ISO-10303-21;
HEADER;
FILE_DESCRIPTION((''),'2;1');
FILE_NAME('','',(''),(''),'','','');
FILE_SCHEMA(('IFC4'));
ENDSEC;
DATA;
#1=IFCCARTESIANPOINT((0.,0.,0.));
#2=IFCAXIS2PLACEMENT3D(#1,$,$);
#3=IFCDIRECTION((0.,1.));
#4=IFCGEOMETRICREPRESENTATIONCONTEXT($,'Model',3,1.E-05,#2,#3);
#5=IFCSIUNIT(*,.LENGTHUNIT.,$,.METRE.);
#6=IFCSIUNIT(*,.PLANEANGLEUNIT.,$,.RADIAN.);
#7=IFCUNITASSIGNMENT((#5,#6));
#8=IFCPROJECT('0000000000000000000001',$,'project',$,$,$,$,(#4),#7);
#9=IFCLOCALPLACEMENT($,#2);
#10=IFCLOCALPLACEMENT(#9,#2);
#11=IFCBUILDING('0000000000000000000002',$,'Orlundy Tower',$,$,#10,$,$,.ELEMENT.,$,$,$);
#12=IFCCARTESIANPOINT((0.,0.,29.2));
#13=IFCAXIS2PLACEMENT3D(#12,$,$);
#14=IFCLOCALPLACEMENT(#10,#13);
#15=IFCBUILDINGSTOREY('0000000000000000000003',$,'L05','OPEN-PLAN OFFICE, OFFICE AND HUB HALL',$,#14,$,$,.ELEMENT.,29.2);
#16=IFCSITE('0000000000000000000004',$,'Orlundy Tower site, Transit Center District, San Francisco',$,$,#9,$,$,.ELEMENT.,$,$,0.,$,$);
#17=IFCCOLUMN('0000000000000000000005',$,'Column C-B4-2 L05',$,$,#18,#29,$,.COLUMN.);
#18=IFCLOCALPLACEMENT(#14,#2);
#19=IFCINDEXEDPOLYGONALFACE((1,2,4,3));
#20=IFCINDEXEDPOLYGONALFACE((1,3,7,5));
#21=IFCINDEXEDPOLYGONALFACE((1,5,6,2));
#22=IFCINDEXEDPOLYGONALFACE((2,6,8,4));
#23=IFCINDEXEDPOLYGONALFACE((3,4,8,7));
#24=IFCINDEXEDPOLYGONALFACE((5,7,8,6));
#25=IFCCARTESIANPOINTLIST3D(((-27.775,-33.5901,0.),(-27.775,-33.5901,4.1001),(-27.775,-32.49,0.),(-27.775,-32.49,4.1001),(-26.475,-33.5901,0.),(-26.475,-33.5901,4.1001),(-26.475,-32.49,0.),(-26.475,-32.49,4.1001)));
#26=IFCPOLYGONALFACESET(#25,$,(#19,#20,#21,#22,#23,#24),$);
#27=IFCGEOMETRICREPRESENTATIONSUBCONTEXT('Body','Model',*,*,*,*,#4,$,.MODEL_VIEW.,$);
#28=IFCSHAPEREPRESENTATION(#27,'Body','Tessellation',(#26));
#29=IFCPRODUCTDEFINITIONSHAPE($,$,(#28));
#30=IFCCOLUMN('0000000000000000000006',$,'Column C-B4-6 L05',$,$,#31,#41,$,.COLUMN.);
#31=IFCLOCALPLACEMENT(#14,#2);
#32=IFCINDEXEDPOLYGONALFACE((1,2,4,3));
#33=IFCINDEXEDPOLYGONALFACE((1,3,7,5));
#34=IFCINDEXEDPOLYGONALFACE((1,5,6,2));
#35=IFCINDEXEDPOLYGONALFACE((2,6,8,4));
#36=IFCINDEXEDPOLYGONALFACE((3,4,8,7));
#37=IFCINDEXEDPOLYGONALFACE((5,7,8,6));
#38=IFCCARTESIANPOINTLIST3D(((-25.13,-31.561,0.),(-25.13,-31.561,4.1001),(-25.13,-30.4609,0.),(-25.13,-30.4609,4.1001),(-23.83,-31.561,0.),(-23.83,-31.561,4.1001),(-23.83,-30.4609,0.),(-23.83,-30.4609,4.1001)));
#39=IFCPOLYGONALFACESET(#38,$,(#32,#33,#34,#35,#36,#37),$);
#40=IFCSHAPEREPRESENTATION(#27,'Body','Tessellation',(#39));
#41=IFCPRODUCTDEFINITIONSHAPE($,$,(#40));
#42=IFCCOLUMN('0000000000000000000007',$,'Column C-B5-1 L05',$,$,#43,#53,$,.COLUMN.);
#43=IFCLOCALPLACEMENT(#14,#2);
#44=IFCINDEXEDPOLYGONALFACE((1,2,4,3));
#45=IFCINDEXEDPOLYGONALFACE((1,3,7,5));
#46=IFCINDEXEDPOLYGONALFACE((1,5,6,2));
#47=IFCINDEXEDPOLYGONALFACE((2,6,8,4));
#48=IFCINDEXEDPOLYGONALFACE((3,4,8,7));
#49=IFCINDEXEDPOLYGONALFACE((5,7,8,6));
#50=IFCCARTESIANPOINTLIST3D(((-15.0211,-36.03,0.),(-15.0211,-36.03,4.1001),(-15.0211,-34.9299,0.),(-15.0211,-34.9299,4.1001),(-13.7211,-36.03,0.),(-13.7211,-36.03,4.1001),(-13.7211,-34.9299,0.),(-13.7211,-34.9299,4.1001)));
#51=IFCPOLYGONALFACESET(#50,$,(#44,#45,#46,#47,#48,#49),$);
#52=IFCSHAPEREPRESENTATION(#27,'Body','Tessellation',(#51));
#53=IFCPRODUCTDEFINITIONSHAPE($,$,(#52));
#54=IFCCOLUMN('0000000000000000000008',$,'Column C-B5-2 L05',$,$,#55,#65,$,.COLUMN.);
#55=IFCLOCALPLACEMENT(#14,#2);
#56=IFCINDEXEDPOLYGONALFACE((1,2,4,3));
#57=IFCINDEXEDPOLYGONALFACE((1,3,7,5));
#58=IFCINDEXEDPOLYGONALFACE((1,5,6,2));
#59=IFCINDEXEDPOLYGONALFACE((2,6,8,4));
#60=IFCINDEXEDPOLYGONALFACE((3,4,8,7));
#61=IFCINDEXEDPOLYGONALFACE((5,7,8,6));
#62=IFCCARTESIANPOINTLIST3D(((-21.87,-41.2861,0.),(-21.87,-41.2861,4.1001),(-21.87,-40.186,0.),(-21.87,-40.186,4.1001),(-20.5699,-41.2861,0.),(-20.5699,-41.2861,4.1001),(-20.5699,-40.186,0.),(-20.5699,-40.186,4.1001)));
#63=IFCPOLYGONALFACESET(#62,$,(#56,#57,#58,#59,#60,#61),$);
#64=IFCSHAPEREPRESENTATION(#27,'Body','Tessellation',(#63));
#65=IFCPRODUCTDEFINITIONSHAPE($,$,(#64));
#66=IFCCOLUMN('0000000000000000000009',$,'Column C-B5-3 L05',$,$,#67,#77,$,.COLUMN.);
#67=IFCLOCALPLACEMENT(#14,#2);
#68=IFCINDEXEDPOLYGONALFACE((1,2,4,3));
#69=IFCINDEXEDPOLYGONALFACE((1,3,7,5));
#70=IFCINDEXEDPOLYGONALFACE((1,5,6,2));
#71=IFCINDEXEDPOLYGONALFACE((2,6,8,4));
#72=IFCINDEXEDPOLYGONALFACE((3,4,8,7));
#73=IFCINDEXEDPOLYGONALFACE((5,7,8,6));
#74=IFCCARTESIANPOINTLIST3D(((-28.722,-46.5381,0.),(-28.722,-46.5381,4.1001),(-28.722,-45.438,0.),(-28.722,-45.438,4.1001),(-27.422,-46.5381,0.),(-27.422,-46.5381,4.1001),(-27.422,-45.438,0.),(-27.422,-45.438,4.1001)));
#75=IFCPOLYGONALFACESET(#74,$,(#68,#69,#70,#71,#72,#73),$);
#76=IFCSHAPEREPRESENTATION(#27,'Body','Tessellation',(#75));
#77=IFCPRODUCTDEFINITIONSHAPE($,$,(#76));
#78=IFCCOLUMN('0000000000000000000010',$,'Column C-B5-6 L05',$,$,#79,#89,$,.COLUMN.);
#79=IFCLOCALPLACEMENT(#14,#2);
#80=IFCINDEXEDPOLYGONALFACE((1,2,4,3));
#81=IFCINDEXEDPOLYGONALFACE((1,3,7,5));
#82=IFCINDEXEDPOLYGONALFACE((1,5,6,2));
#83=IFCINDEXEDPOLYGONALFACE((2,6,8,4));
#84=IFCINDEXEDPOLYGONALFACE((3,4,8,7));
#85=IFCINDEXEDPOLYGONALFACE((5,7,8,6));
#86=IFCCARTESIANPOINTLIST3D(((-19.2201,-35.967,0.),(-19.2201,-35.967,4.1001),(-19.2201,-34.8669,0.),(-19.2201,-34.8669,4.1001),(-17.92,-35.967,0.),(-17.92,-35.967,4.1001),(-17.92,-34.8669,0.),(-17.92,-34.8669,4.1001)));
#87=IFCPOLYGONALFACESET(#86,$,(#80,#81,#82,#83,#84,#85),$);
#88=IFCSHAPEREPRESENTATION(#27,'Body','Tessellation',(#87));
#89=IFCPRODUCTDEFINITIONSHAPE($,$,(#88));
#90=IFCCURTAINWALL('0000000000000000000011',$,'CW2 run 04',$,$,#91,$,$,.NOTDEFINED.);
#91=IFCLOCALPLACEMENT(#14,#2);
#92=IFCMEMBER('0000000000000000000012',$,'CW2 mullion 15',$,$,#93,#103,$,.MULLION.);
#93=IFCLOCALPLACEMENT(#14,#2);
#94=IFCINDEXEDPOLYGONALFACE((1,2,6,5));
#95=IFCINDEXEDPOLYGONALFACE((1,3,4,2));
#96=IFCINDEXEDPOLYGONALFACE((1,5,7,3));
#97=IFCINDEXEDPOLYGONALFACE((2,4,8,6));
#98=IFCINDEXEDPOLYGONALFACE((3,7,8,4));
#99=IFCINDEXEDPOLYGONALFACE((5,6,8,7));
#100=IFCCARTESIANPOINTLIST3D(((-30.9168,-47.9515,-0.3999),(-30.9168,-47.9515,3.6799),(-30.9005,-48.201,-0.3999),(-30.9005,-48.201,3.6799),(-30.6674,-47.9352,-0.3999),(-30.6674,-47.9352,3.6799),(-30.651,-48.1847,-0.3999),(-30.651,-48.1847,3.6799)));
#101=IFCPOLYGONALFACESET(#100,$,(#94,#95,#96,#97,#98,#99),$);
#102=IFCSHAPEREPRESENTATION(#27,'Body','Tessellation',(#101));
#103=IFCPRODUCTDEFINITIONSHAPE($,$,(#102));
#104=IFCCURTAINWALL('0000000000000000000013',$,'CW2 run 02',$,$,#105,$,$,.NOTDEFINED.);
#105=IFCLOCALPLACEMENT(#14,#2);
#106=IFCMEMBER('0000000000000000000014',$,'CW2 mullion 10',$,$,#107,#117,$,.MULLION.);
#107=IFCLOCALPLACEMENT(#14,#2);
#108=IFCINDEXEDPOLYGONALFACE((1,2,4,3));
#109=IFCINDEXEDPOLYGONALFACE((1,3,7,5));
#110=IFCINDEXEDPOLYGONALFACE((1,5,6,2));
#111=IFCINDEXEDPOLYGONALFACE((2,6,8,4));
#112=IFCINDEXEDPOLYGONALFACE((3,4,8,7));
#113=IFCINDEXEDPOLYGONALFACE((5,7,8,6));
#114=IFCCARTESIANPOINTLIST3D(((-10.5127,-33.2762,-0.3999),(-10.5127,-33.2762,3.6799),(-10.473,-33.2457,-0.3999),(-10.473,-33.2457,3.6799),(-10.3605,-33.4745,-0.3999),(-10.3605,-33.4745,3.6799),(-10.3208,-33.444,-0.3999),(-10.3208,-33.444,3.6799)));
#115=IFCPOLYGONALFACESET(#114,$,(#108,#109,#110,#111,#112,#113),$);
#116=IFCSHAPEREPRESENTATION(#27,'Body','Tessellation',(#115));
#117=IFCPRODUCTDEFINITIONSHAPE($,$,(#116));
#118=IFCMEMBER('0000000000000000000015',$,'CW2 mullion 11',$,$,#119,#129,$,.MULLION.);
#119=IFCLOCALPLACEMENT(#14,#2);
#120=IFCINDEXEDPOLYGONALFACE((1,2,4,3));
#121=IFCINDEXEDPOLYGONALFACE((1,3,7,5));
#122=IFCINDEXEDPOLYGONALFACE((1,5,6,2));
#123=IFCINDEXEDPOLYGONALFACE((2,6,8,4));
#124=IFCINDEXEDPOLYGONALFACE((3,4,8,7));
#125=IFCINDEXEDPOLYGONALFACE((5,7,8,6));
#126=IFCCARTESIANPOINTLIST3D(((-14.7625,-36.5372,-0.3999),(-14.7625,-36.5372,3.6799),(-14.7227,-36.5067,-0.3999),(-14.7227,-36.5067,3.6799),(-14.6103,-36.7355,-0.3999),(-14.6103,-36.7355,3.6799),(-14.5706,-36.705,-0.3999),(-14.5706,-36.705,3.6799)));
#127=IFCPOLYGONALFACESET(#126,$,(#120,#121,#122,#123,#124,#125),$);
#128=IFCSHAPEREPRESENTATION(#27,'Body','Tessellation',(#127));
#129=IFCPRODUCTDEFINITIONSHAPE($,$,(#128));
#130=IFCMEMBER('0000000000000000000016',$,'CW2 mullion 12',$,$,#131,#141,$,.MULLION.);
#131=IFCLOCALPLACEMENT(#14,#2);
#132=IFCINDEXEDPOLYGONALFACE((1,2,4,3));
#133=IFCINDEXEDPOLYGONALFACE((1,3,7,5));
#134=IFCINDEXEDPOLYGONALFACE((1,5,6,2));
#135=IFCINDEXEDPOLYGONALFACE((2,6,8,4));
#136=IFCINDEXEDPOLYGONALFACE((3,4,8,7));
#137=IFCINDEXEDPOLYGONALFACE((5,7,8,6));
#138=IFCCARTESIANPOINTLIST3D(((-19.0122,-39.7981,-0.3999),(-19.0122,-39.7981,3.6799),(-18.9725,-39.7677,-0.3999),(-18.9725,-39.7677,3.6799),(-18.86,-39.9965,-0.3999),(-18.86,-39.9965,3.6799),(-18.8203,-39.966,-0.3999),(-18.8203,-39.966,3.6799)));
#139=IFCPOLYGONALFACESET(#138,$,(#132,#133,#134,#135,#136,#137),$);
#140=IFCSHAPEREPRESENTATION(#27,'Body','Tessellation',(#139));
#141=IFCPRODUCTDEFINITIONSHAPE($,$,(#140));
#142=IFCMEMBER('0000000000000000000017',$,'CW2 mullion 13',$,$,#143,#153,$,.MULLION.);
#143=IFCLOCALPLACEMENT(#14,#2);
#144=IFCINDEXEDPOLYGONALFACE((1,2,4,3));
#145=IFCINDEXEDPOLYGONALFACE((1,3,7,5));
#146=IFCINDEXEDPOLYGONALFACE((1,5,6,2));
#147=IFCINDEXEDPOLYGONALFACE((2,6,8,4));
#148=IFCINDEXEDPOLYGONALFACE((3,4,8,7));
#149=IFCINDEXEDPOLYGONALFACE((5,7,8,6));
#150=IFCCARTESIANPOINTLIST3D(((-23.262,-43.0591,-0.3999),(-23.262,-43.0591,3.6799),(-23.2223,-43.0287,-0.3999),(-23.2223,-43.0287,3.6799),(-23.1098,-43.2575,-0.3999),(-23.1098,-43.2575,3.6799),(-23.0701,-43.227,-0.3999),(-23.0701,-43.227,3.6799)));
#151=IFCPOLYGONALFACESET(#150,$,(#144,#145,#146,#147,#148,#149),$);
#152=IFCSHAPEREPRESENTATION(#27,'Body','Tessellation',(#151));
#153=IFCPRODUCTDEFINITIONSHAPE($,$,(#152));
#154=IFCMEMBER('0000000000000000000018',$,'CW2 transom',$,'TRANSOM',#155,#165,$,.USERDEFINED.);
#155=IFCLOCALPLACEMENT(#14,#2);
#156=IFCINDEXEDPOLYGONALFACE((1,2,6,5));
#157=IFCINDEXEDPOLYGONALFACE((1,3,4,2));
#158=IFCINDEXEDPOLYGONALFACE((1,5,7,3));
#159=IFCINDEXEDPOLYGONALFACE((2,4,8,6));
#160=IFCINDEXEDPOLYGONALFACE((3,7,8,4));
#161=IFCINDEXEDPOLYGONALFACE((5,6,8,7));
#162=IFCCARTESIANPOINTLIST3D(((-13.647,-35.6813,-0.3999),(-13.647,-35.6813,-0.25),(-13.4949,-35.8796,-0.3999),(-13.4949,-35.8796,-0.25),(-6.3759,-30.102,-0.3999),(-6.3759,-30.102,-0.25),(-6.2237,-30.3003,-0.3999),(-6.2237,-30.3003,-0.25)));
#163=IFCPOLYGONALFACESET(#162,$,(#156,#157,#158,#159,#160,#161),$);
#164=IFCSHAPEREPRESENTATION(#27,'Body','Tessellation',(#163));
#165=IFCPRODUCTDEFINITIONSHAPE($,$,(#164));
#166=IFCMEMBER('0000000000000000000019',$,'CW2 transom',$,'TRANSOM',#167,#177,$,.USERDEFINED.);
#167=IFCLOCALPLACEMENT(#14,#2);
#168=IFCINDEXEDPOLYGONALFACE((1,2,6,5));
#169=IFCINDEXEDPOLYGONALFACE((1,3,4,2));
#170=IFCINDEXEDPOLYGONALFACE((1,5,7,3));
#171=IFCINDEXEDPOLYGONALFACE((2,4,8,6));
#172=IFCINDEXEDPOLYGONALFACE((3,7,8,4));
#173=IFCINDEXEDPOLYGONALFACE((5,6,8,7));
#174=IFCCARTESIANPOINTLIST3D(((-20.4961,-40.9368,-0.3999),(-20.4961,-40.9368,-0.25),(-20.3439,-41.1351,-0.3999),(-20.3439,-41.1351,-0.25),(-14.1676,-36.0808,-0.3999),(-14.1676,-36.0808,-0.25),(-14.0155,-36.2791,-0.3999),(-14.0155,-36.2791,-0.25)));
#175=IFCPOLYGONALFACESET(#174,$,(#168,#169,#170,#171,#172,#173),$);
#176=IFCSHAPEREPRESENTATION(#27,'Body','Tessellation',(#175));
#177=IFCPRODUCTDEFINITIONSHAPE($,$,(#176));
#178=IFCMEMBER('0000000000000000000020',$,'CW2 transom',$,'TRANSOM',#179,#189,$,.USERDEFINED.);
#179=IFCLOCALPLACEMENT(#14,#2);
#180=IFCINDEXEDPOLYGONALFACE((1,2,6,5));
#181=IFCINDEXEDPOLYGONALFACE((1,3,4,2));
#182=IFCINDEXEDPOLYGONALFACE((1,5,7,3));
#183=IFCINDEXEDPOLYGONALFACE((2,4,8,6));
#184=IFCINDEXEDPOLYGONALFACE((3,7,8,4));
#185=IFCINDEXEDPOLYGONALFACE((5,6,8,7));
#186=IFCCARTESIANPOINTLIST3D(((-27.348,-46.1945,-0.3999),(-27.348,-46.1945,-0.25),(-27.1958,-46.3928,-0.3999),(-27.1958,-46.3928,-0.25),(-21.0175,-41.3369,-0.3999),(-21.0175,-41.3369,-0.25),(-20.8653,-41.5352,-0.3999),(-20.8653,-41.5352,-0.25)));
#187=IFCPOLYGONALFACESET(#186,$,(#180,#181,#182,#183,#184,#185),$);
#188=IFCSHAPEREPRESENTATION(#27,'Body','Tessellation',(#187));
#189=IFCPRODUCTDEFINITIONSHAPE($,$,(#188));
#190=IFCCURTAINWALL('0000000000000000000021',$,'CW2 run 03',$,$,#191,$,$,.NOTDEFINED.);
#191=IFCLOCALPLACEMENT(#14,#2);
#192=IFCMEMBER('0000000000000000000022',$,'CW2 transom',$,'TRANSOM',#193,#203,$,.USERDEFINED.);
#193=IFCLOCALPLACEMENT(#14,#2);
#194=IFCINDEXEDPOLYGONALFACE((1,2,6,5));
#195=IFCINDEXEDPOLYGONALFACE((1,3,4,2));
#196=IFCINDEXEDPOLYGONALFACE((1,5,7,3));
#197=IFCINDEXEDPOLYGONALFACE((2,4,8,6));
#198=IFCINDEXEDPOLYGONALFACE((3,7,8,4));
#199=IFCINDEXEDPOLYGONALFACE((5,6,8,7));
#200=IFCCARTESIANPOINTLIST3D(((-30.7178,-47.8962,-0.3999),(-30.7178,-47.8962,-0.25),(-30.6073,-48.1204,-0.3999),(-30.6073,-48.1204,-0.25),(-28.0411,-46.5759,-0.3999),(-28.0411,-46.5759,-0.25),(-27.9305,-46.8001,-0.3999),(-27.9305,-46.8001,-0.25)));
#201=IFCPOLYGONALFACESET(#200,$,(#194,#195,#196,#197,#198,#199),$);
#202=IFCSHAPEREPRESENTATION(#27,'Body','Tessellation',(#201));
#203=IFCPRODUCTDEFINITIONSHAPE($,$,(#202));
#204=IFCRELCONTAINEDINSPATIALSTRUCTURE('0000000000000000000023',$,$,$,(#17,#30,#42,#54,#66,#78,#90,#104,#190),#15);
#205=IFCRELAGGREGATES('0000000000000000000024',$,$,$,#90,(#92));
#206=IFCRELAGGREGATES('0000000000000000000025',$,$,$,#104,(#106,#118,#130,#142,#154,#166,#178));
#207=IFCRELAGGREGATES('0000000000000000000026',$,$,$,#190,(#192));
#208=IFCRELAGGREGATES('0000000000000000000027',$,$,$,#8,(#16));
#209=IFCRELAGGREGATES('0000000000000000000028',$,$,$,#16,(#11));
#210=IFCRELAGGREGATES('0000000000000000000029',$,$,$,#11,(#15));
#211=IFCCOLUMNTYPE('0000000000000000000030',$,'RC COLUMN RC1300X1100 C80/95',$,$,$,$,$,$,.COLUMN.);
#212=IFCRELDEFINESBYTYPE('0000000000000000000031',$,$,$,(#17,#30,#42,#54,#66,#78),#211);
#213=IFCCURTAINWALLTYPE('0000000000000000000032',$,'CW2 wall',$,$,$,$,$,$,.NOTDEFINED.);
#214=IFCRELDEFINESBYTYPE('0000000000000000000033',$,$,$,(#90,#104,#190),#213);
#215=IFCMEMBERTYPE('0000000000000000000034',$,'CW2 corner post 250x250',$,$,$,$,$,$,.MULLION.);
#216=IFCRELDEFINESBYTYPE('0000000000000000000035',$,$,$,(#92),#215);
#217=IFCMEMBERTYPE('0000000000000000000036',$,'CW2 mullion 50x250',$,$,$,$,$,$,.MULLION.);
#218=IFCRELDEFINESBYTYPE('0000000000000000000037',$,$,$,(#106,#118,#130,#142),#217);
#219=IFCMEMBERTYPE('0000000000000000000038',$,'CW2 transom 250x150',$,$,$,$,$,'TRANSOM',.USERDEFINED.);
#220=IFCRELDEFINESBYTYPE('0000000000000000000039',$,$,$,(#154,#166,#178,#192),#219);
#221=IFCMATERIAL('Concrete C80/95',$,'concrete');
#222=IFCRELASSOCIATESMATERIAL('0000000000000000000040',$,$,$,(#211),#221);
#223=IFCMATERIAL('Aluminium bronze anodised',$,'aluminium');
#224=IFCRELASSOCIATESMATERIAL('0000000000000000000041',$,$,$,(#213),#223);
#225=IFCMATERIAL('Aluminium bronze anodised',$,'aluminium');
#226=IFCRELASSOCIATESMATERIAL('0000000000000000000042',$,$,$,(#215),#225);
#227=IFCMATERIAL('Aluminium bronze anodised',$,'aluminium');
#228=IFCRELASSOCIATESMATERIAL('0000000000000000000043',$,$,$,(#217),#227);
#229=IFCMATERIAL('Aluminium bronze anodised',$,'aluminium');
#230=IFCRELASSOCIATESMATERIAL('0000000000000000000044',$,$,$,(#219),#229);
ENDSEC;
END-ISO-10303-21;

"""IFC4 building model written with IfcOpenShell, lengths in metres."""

from ifc_helpers import new_model, si_unit, direction, frame, origin, origin_2d, place, context, subcontext, project, spatial, rectangle, extrude, material, material_profile, profile_set, type_object, element, aggregate, save


model = new_model("IFC4")

# Units and contexts
model_context = context("Model", 3, precision=1e-05, world=origin(), true_north=direction((0.0, 1.0)))
body_context = subcontext(model_context, "Body", "Model", "MODEL_VIEW")
ifc_project = project(units=[si_unit("LENGTHUNIT", "METRE"), si_unit("PLANEANGLEUNIT", "RADIAN")], contexts=[model_context])

# Site, building, storey
site_placement = place(None, origin())
site = spatial("IfcSite", under=ifc_project, at=site_placement, Name="Orlundy Tower site, Transit Center District, San Francisco", CompositionType="ELEMENT", RefElevation=0.0)
building_placement = place(site_placement, origin())
building = spatial("IfcBuilding", under=site, at=building_placement, Name="Orlundy Tower", CompositionType="ELEMENT")
storey_placement = place(building_placement, frame((0.0, 0.0, 29.2)))
storey = spatial("IfcBuildingStorey", under=building, at=storey_placement, Name="L05", Description="OPEN-PLAN OFFICE, OFFICE AND HUB HALL", CompositionType="ELEMENT", Elevation=29.2)

# Columns
ifc_material_1 = material(Name="Concrete C80/95", Category="concrete")
ifc_material_profile_1 = material_profile(ifc_material_1, rectangle(XDim=1.3, YDim=1.1001, at=origin_2d()), Name="RC1300X1100")
ifc_profile_set_1 = profile_set([ifc_material_profile_1], Name="Concrete C80/95")
column_type = type_object("IfcColumnType", Name="RC COLUMN RC1300X1100 C80/95", PredefinedType="COLUMN", material=ifc_profile_set_1)
for number, where, z_axis, x_axis, name in (
    (1, (-27.125, -33.04, 0.0), (0.0, 0.0, 1.0), (1.0, 0.0, 0.0), "Column C-B4-2 L05"),
    (2, (-24.48, -31.011, 0.0), (0.0, 0.0, 1.0), (1.0, 0.0, 0.0), "Column C-B4-6 L05"),
    (3, (-14.3711, -35.48, 0.0), (0.0, 0.0, 1.0), (1.0, 0.0, 0.0), "Column C-B5-1 L05"),
    (4, (-21.22, -40.7361, 0.0), (0.0, 0.0, 1.0), (1.0, 0.0, 0.0), "Column C-B5-2 L05"),
    (5, (-28.072, -45.988, 0.0), (0.0, 0.0, 1.0), (1.0, 0.0, 0.0), "Column C-B5-3 L05"),
    (6, (-18.5701, -35.417, 0.0), (0.0, 0.0, 1.0), (1.0, 0.0, 0.0), "Column C-B5-6 L05"),
):
    element("IfcColumn", number, at=place(storey_placement, frame(where, z_axis=z_axis, x_axis=x_axis)), inside=storey, type_object=column_type, Name=name, PredefinedType="COLUMN", context=body_context, shape_type="SweptSolid", body=[
        extrude(rectangle(XDim=1.3, YDim=1.1001, at=origin_2d()), origin(), (0.0, 0.0, 1.0), 4.1001),
    ])

# Curtain wall, member
ifc_material_2 = material(Name="Aluminium bronze anodised", Category="aluminium")
curtain_wall_type = type_object("IfcCurtainWallType", Name="CW2 wall", PredefinedType="NOTDEFINED", material=ifc_material_2)
curtain_wall_1_placement = place(storey_placement, origin())
curtain_wall_1 = element("IfcCurtainWall", 7, at=curtain_wall_1_placement, inside=storey, type_object=curtain_wall_type, Name="CW2 run 04", PredefinedType="NOTDEFINED")
ifc_material_3 = material(Name="Aluminium bronze anodised", Category="aluminium")
ifc_material_profile_2 = material_profile(ifc_material_3, rectangle(XDim=0.25, YDim=0.25, at=origin_2d()), Name="CW2 corner post 250x250")
ifc_profile_set_2 = profile_set([ifc_material_profile_2], Name="Aluminium bronze anodised")
member_type_1 = type_object("IfcMemberType", Name="CW2 corner post 250x250", PredefinedType="MULLION", material=ifc_profile_set_2)
member_1_placement = place(storey_placement, frame((-30.7839, -48.0681, -0.3999), z_axis=(0.0, 0.0, 1.0), x_axis=(0.065284, -0.997867, 0.0)))
member_1 = element("IfcMember", 8, at=member_1_placement, type_object=member_type_1, Name="CW2 mullion 15", PredefinedType="MULLION", context=body_context, shape_type="SweptSolid", body=[
    extrude(rectangle(XDim=0.25, YDim=0.25, at=origin_2d()), origin(), (0.0, 0.0, 1.0), 4.0798),
])

# Curtain wall, members
curtain_wall_2_placement = place(storey_placement, origin())
curtain_wall_2 = element("IfcCurtainWall", 9, at=curtain_wall_2_placement, inside=storey, type_object=curtain_wall_type, Name="CW2 run 02", PredefinedType="NOTDEFINED")
ifc_material_4 = material(Name="Aluminium bronze anodised", Category="aluminium")
ifc_material_profile_3 = material_profile(ifc_material_4, rectangle(XDim=0.25, YDim=0.05, at=origin_2d()), Name="CW2 mullion 50x250")
ifc_profile_set_3 = profile_set([ifc_material_profile_3], Name="Aluminium bronze anodised")
member_type_2 = type_object("IfcMemberType", Name="CW2 mullion 50x250", PredefinedType="MULLION", material=ifc_profile_set_3)
member_2_placement = place(storey_placement, frame((-10.4167, -33.3601, -0.3999), z_axis=(0.0, 0.0, 1.0), x_axis=(0.608763, -0.793352, 0.0)))
member_2 = element("IfcMember", 10, at=member_2_placement, type_object=member_type_2, Name="CW2 mullion 10", PredefinedType="MULLION", context=body_context, shape_type="SweptSolid", body=[
    extrude(rectangle(XDim=0.25, YDim=0.05, at=origin_2d()), origin(), (0.0, 0.0, 1.0), 4.0798),
])
member_3_placement = place(storey_placement, frame((-14.6665, -36.6211, -0.3999), z_axis=(0.0, 0.0, 1.0), x_axis=(0.608763, -0.793352, 0.0)))
member_3 = element("IfcMember", 11, at=member_3_placement, type_object=member_type_2, Name="CW2 mullion 11", PredefinedType="MULLION", context=body_context, shape_type="SweptSolid", body=[
    extrude(rectangle(XDim=0.25, YDim=0.05, at=origin_2d()), origin(), (0.0, 0.0, 1.0), 4.0798),
])
member_4_placement = place(storey_placement, frame((-18.9163, -39.8821, -0.3999), z_axis=(0.0, 0.0, 1.0), x_axis=(0.608763, -0.793352, 0.0)))
member_4 = element("IfcMember", 12, at=member_4_placement, type_object=member_type_2, Name="CW2 mullion 12", PredefinedType="MULLION", context=body_context, shape_type="SweptSolid", body=[
    extrude(rectangle(XDim=0.25, YDim=0.05, at=origin_2d()), origin(), (0.0, 0.0, 1.0), 4.0798),
])
member_5_placement = place(storey_placement, frame((-23.166, -43.1431, -0.3999), z_axis=(0.0, 0.0, 1.0), x_axis=(0.608763, -0.793352, 0.0)))
member_5 = element("IfcMember", 13, at=member_5_placement, type_object=member_type_2, Name="CW2 mullion 13", PredefinedType="MULLION", context=body_context, shape_type="SweptSolid", body=[
    extrude(rectangle(XDim=0.25, YDim=0.05, at=origin_2d()), origin(), (0.0, 0.0, 1.0), 4.0798),
])
ifc_material_5 = material(Name="Aluminium bronze anodised", Category="aluminium")
ifc_material_profile_4 = material_profile(ifc_material_5, rectangle(XDim=0.25, YDim=0.1499, at=origin_2d()), Name="CW2 transom 250x150")
ifc_profile_set_4 = profile_set([ifc_material_profile_4], Name="Aluminium bronze anodised")
member_type_3 = type_object("IfcMemberType", Name="CW2 transom 250x150", ElementType="TRANSOM", PredefinedType="USERDEFINED", material=ifc_profile_set_4)
member_6_placement = place(storey_placement, frame((-6.2998, -30.2012, -0.325), z_axis=(-0.793357, -0.608756, 0.0), x_axis=(0.608756, -0.793357, 0.0)))
member_6 = element("IfcMember", 14, at=member_6_placement, type_object=member_type_3, Name="CW2 transom", ObjectType="TRANSOM", PredefinedType="USERDEFINED", context=body_context, shape_type="SweptSolid", body=[
    extrude(rectangle(XDim=0.25, YDim=0.1499, at=origin_2d()), origin(), (0.0, 0.0, 1.0), 9.165),
])
member_7_placement = place(storey_placement, frame((-14.0916, -36.1799, -0.325), z_axis=(-0.793352, -0.608764, 0.0), x_axis=(0.608764, -0.793352, 0.0)))
member_7 = element("IfcMember", 15, at=member_7_placement, type_object=member_type_3, Name="CW2 transom", ObjectType="TRANSOM", PredefinedType="USERDEFINED", context=body_context, shape_type="SweptSolid", body=[
    extrude(rectangle(XDim=0.25, YDim=0.1499, at=origin_2d()), origin(), (0.0, 0.0, 1.0), 7.9768),
])
member_8_placement = place(storey_placement, frame((-20.9414, -41.436, -0.325), z_axis=(-0.79335, -0.608765, 0.0), x_axis=(0.608765, -0.79335, 0.0)))
member_8 = element("IfcMember", 16, at=member_8_placement, type_object=member_type_3, Name="CW2 transom", ObjectType="TRANSOM", PredefinedType="USERDEFINED", context=body_context, shape_type="SweptSolid", body=[
    extrude(rectangle(XDim=0.25, YDim=0.1499, at=origin_2d()), origin(), (0.0, 0.0, 1.0), 7.9795),
])

# Curtain wall, member
curtain_wall_3_placement = place(storey_placement, origin())
curtain_wall_3 = element("IfcCurtainWall", 17, at=curtain_wall_3_placement, inside=storey, type_object=curtain_wall_type, Name="CW2 run 03", PredefinedType="NOTDEFINED")
member_9_placement = place(storey_placement, frame((-27.9858, -46.688, -0.325), z_axis=(-0.896835, -0.442365, 0.0), x_axis=(0.442365, -0.896835, 0.0)))
member_9 = element("IfcMember", 18, at=member_9_placement, type_object=member_type_3, Name="CW2 transom", ObjectType="TRANSOM", PredefinedType="USERDEFINED", context=body_context, shape_type="SweptSolid", body=[
    extrude(rectangle(XDim=0.25, YDim=0.1499, at=origin_2d()), origin(), (0.0, 0.0, 1.0), 2.9846),
])

aggregate(curtain_wall_1, [member_1])

aggregate(curtain_wall_2, [member_2, member_3, member_4, member_5, member_6, member_7, member_8])
aggregate(curtain_wall_3, [member_9])

save(model, "model.ifc")
